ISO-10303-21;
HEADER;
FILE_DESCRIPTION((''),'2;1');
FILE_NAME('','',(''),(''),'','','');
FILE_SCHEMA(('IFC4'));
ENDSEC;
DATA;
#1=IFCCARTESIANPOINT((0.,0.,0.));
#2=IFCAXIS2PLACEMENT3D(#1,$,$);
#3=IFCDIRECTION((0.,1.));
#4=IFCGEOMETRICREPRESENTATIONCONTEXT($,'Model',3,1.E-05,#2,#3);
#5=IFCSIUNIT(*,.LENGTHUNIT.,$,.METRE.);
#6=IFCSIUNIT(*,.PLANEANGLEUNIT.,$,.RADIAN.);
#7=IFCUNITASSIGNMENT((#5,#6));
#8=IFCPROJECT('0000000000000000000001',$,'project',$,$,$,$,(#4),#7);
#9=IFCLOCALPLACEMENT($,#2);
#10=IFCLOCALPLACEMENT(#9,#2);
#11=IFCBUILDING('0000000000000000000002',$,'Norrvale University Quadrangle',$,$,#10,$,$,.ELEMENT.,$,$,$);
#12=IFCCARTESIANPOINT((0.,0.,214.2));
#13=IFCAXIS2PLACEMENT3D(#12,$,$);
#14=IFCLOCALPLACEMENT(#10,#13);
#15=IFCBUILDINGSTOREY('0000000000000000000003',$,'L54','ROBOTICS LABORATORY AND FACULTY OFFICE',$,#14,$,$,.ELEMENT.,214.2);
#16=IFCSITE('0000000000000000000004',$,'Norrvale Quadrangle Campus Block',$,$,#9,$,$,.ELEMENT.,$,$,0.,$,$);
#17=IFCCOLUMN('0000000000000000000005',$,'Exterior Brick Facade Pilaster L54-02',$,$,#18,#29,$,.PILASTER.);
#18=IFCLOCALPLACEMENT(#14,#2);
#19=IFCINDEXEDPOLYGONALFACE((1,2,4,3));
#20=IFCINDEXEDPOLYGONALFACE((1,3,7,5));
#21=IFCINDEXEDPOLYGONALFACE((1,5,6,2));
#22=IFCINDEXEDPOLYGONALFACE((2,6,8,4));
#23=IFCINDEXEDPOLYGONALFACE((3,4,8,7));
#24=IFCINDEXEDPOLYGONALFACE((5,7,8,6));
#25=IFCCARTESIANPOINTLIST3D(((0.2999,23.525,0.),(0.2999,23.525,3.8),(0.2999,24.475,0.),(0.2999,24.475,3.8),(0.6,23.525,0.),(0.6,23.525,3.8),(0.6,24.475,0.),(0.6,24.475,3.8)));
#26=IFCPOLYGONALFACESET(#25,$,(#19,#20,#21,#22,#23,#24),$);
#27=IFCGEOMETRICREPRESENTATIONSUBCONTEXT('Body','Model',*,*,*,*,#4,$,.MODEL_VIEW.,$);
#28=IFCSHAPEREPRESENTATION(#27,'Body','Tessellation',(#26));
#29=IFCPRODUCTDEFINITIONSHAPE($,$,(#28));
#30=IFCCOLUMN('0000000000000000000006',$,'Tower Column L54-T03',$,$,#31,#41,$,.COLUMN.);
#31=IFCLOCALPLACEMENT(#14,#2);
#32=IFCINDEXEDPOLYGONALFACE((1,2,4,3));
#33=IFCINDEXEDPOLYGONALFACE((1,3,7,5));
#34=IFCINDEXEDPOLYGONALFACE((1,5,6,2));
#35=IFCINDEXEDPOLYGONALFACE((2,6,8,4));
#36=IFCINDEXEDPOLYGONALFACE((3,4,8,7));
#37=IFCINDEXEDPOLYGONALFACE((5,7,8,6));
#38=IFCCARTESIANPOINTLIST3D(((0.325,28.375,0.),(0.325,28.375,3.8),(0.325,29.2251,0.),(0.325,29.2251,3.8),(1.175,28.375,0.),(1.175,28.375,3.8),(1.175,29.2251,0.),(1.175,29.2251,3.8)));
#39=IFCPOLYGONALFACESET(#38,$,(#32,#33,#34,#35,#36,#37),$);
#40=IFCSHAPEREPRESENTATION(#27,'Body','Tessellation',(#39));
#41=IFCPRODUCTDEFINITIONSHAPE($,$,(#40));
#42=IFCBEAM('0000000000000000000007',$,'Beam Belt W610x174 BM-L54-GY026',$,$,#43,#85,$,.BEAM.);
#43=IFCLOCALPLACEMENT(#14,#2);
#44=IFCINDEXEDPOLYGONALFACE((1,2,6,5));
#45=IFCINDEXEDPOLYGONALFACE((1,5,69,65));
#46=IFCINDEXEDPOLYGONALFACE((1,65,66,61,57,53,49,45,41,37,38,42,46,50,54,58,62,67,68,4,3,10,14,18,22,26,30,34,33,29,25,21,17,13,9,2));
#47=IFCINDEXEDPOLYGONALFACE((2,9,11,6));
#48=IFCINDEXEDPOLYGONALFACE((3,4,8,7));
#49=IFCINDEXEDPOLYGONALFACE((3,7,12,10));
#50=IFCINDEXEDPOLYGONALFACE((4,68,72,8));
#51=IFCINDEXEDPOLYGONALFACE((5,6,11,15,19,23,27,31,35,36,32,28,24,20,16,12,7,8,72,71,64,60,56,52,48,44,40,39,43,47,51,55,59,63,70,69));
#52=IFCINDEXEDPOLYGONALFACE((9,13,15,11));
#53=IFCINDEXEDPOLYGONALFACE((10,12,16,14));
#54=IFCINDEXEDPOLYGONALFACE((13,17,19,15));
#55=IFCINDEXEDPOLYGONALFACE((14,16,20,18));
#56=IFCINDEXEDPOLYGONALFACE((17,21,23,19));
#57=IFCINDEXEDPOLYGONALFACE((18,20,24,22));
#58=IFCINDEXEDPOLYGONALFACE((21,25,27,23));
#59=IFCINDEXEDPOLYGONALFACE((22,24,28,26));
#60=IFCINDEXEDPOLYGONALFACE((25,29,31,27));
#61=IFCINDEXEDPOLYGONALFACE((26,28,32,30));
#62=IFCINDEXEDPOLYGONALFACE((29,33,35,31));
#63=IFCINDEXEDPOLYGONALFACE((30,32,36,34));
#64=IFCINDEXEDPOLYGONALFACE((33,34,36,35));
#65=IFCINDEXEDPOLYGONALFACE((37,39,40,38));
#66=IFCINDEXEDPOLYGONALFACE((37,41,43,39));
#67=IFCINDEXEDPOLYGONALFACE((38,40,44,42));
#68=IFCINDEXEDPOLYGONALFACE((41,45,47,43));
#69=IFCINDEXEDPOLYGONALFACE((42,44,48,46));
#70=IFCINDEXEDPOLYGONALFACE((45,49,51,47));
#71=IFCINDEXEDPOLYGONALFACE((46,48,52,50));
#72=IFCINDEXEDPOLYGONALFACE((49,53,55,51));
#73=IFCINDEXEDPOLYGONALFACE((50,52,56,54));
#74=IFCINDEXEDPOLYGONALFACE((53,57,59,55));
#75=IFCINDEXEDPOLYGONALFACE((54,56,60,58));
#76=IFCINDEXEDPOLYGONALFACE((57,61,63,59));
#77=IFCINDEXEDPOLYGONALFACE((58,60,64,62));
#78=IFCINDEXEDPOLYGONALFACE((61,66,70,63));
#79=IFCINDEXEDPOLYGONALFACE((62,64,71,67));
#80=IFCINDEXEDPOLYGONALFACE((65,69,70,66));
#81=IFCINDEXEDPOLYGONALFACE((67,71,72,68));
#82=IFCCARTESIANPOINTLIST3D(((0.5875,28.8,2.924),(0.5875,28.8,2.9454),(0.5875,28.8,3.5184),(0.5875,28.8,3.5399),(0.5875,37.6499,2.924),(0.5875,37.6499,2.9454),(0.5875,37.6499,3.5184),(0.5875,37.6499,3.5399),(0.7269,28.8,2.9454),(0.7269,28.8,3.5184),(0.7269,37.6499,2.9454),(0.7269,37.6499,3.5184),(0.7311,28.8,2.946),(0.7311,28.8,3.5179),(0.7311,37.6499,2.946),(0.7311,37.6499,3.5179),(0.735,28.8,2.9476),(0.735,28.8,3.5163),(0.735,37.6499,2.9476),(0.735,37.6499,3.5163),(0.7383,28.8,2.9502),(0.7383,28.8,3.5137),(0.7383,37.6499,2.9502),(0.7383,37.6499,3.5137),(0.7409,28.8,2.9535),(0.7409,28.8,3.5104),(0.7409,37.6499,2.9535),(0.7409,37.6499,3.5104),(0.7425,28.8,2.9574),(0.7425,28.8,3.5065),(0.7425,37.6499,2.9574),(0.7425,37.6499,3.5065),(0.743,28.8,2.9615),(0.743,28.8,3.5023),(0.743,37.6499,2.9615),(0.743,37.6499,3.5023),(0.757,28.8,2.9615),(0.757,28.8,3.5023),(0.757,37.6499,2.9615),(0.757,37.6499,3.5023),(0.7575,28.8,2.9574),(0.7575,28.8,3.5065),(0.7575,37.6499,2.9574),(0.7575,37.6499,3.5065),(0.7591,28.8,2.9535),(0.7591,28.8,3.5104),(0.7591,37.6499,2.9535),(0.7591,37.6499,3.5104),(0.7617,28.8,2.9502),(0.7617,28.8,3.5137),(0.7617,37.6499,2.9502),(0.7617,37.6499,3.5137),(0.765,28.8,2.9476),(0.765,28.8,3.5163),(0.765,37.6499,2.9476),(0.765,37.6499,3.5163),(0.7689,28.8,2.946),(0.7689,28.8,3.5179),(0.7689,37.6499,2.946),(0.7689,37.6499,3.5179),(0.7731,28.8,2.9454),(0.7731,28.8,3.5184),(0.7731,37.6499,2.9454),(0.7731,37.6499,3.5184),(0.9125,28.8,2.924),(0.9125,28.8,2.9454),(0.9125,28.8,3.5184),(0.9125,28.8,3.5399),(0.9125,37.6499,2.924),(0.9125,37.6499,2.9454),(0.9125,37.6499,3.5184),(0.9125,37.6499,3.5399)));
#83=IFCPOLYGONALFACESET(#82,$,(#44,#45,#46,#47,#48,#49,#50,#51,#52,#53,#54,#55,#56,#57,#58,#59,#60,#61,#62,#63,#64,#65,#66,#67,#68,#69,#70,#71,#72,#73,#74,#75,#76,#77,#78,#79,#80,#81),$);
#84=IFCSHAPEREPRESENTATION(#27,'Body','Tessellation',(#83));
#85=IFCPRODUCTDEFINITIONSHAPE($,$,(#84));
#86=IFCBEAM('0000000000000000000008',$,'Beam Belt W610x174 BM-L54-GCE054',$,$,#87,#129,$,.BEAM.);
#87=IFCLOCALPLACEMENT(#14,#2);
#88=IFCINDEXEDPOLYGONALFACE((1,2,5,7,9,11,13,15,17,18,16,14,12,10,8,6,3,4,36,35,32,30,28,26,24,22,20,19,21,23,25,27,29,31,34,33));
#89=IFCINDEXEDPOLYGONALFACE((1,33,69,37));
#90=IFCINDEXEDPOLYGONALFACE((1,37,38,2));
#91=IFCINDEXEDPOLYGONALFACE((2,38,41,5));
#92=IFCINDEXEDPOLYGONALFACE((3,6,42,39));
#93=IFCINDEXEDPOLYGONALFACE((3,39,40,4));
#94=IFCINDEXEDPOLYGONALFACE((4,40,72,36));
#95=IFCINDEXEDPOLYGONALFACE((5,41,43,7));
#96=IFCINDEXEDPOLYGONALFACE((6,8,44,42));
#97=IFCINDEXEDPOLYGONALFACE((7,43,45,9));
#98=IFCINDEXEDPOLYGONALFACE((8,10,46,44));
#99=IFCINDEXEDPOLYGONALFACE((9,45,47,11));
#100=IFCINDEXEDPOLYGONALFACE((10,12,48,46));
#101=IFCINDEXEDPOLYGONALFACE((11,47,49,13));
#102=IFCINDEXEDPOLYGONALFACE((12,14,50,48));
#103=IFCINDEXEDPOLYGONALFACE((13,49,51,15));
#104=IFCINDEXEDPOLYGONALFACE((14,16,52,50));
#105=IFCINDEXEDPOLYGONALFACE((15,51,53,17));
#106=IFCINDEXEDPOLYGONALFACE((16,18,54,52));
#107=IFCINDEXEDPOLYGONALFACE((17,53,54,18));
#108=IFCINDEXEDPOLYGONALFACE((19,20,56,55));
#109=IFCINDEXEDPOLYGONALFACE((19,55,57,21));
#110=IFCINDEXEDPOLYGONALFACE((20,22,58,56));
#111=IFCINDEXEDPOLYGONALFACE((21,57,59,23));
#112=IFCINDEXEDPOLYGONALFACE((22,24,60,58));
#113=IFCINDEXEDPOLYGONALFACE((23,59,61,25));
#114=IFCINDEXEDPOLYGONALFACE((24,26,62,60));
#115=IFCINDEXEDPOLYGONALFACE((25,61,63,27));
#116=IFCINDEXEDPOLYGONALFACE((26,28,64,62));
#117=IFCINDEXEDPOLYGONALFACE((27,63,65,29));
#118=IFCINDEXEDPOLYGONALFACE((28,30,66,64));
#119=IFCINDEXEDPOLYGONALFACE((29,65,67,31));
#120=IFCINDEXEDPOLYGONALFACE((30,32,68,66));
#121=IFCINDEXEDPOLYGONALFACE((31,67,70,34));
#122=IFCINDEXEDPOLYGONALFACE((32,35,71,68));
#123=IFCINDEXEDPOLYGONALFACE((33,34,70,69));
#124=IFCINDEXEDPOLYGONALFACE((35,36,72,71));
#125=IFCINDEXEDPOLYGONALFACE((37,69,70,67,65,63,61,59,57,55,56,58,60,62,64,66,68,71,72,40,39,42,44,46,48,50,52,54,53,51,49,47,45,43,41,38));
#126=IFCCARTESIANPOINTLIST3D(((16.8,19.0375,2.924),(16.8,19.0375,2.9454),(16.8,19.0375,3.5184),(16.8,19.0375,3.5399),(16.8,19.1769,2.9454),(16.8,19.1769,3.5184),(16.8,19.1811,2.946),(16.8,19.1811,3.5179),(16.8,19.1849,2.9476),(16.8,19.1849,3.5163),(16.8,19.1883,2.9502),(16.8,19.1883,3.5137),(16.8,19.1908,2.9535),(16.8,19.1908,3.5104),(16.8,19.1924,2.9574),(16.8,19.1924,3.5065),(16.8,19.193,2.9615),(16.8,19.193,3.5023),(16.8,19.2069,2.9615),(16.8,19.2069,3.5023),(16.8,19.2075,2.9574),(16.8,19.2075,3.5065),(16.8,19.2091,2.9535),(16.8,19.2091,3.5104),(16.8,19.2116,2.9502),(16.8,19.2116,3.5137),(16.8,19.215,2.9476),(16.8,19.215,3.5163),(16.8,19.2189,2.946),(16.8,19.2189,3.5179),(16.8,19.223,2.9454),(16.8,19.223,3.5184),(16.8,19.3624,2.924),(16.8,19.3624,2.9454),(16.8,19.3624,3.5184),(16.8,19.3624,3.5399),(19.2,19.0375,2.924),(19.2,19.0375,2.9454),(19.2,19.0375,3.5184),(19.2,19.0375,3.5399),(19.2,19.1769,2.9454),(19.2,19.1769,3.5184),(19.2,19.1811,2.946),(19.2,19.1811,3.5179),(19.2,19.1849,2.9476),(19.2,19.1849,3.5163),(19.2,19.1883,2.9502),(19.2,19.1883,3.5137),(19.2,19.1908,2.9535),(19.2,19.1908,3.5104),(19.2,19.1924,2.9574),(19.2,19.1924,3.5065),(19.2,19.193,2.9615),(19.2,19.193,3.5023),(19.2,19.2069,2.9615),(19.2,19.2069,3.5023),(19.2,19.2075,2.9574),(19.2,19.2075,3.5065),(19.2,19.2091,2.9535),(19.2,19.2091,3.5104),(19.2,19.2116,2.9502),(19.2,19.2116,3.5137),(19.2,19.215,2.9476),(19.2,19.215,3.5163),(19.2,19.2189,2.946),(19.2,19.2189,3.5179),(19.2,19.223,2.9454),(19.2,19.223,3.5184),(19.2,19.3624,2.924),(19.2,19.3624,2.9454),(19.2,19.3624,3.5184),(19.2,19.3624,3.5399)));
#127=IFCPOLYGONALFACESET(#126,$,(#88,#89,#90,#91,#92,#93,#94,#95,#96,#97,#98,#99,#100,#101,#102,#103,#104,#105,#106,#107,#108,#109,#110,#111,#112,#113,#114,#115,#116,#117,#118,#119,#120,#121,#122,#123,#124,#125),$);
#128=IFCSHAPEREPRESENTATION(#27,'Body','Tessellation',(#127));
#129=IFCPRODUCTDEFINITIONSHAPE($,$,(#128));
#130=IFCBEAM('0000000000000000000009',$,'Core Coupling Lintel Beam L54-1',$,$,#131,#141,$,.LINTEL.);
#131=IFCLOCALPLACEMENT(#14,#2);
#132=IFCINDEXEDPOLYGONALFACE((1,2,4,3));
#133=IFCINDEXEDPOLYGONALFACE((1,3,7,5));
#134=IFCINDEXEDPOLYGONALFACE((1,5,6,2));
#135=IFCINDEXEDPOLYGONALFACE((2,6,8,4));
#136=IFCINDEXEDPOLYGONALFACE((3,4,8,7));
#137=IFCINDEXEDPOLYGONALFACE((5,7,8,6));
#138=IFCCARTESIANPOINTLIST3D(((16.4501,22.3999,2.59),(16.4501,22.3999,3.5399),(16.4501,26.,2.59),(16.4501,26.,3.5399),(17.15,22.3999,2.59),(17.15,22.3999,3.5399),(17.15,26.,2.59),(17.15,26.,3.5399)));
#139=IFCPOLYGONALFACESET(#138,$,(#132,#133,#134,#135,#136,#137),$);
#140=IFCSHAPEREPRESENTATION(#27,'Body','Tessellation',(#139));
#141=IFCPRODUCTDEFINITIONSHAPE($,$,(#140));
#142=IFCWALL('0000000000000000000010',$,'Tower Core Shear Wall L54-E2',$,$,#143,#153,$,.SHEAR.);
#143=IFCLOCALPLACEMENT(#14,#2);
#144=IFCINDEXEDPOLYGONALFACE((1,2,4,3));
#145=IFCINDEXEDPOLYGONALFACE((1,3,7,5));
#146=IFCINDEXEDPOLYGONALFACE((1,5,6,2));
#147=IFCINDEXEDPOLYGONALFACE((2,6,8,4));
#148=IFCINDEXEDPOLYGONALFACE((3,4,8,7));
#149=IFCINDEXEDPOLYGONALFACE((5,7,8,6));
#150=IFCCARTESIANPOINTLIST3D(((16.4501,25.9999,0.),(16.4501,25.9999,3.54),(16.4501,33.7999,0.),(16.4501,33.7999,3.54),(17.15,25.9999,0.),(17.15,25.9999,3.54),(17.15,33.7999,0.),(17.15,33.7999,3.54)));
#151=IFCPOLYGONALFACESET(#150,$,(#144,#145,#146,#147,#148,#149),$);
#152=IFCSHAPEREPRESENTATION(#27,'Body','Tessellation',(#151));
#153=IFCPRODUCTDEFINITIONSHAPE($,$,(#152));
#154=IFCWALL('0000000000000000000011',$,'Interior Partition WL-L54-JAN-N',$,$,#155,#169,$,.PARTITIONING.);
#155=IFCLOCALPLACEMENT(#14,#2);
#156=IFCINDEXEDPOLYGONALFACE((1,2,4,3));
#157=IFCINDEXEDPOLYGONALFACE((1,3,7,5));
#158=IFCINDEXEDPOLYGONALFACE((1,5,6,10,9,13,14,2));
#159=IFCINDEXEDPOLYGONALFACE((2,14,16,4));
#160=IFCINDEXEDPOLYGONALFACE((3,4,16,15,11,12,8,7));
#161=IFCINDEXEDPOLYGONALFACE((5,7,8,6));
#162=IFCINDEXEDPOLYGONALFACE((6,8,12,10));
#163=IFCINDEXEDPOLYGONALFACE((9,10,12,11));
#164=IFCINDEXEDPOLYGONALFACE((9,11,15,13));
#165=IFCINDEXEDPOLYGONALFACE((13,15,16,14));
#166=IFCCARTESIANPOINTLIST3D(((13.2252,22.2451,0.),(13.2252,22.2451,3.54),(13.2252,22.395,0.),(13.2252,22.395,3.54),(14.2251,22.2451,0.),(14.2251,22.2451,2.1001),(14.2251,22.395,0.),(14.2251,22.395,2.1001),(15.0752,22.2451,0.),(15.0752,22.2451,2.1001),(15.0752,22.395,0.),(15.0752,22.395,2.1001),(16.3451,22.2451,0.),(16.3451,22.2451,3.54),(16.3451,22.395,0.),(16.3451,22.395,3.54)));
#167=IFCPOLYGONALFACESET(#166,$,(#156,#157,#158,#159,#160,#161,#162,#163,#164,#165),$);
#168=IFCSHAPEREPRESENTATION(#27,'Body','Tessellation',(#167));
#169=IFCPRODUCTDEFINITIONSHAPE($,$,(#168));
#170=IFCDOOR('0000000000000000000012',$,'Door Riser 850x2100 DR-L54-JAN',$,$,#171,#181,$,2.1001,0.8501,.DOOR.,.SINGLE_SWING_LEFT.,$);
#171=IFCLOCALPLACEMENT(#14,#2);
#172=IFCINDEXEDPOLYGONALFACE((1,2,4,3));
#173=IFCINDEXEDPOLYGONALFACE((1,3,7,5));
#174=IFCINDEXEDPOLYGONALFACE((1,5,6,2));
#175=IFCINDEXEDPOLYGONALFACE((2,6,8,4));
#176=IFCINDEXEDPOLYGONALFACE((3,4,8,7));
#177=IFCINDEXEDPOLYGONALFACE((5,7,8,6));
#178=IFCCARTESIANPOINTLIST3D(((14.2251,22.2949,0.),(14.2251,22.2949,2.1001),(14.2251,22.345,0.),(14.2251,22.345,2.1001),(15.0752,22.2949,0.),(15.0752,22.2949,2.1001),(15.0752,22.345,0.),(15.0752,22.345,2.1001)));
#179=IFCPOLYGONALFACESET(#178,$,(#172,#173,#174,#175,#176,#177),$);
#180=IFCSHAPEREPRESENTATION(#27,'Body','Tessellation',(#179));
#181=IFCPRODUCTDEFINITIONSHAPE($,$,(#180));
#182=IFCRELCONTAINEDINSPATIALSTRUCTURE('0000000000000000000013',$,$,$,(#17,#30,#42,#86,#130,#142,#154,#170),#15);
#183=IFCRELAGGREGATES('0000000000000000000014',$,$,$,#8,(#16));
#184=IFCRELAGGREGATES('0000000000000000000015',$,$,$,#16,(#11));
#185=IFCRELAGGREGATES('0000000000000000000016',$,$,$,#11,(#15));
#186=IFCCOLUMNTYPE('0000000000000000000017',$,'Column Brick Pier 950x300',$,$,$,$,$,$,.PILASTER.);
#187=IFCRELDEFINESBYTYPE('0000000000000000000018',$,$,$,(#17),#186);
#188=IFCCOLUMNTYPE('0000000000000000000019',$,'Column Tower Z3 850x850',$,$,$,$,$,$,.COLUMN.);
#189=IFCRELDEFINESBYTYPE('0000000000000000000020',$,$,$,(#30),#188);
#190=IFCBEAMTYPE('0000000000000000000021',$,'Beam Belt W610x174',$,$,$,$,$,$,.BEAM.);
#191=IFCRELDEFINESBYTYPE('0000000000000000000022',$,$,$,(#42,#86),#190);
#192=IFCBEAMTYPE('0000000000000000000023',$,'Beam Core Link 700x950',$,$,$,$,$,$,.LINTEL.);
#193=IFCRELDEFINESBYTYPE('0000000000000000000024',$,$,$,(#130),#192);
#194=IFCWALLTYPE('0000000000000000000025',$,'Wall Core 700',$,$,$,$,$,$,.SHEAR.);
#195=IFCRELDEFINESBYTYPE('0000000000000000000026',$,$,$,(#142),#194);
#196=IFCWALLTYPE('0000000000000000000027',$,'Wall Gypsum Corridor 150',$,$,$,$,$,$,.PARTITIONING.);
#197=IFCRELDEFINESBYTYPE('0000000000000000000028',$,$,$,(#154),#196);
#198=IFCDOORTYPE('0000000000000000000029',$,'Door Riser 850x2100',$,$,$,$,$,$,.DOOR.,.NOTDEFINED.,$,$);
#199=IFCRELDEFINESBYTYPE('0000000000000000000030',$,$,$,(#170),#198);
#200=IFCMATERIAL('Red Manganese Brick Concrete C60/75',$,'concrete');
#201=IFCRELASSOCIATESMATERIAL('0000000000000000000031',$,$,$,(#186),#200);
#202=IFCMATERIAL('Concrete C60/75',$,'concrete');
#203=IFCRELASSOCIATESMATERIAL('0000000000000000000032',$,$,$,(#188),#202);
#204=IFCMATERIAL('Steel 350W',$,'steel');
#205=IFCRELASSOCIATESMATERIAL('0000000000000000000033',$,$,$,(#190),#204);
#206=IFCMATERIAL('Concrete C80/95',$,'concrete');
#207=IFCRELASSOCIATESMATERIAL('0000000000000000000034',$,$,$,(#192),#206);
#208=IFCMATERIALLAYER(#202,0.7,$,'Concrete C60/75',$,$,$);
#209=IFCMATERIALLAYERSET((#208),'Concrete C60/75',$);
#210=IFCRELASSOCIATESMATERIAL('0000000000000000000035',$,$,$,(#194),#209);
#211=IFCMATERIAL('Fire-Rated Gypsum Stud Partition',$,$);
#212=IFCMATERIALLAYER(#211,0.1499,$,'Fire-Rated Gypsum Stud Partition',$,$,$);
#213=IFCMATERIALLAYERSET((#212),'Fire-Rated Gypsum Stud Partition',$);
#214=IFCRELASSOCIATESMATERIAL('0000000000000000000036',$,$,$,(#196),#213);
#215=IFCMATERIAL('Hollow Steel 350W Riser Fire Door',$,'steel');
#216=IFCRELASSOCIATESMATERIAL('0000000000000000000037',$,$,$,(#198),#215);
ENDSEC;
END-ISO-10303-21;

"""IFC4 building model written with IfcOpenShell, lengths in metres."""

from ifc_helpers import new_model, si_unit, direction, frame, frame_2d, origin, origin_2d, place, context, subcontext, project, spatial, rectangle, i_section, extrude, material, layer, layer_set, material_profile, profile_set, type_object, element, fill, save


model = new_model("IFC4")

# Units and contexts
model_context = context("Model", 3, precision=1e-05, world=origin(), true_north=direction((0.0, 1.0)))
body_context = subcontext(model_context, "Body", "Model", "MODEL_VIEW")
ifc_project = project(units=[si_unit("LENGTHUNIT", "METRE"), si_unit("PLANEANGLEUNIT", "RADIAN")], contexts=[model_context])

# Site, building, storey
site_placement = place(None, origin())
site = spatial("IfcSite", under=ifc_project, at=site_placement, Name="Norrvale Quadrangle Campus Block", CompositionType="ELEMENT", RefElevation=0.0)
building_placement = place(site_placement, origin())
building = spatial("IfcBuilding", under=site, at=building_placement, Name="Norrvale University Quadrangle", CompositionType="ELEMENT")
storey_placement = place(building_placement, frame((0.0, 0.0, 214.2)))
storey = spatial("IfcBuildingStorey", under=building, at=storey_placement, Name="L54", Description="ROBOTICS LABORATORY AND FACULTY OFFICE", CompositionType="ELEMENT", Elevation=214.2)

# Columns
ifc_material_1 = material(Name="Red Manganese Brick Concrete C60/75", Category="concrete")
ifc_material_profile_1 = material_profile(ifc_material_1, rectangle(XDim=0.95, YDim=0.3, at=origin_2d()), Name="Red Manganese Brick Concrete C60/75")
ifc_profile_set_1 = profile_set([ifc_material_profile_1], Name="Red Manganese Brick Concrete C60/75")
column_type_1 = type_object("IfcColumnType", Name="Column Brick Pier 950x300", PredefinedType="PILASTER", material=ifc_profile_set_1)
column_1_placement = place(storey_placement, frame((0.45, 24.0, 0.0), z_axis=(0.0, 0.0, 1.0), x_axis=(0.0, 1.0, 0.0)))
element("IfcColumn", 1, at=column_1_placement, inside=storey, type_object=column_type_1, Name="Exterior Brick Facade Pilaster L54-02", PredefinedType="PILASTER", context=body_context, shape_type="SweptSolid", body=[
    extrude(rectangle(XDim=0.95, YDim=0.3, at=origin_2d()), origin(), (0.0, 0.0, 1.0), 3.8),
])
ifc_material_2 = material(Name="Concrete C60/75", Category="concrete")
ifc_material_profile_2 = material_profile(ifc_material_2, rectangle(XDim=0.8501, YDim=0.8501, at=origin_2d()), Name="Concrete C60/75")
ifc_profile_set_2 = profile_set([ifc_material_profile_2], Name="Concrete C60/75")
column_type_2 = type_object("IfcColumnType", Name="Column Tower Z3 850x850", PredefinedType="COLUMN", material=ifc_profile_set_2)
column_2_placement = place(storey_placement, frame((0.75, 28.8, 0.0), z_axis=(0.0, 0.0, 1.0), x_axis=(1.0, 0.0, 0.0)))
element("IfcColumn", 2, at=column_2_placement, inside=storey, type_object=column_type_2, Name="Tower Column L54-T03", PredefinedType="COLUMN", context=body_context, shape_type="SweptSolid", body=[
    extrude(rectangle(XDim=0.8501, YDim=0.8501, at=origin_2d()), origin(), (0.0, 0.0, 1.0), 3.8),
])

# Beams
ifc_material_3 = material(Name="Steel 350W", Category="steel")
ifc_material_profile_3 = material_profile(ifc_material_3, i_section(OverallWidth=0.325, OverallDepth=0.616, WebThickness=0.0139, FlangeThickness=0.0215, FilletRadius=0.0161, at=origin_2d()), Name="Steel 350W")
ifc_profile_set_3 = profile_set([ifc_material_profile_3], Name="Steel 350W")
beam_type_1 = type_object("IfcBeamType", Name="Beam Belt W610x174", PredefinedType="BEAM", material=ifc_profile_set_3)
beam_1_placement = place(storey_placement, frame((0.75, 28.8, 3.2319), z_axis=(0.0, 1.0, 0.0), x_axis=(-1.0, 0.0, 0.0)))
element("IfcBeam", 3, at=beam_1_placement, inside=storey, type_object=beam_type_1, Name="Beam Belt W610x174 BM-L54-GY026", PredefinedType="BEAM", context=body_context, shape_type="SweptSolid", body=[
    extrude(i_section(OverallWidth=0.325, OverallDepth=0.616, WebThickness=0.0139, FlangeThickness=0.0215, FilletRadius=0.0161, at=origin_2d()), origin(), (0.0, 0.0, 1.0), 8.8499),
])
beam_2_placement = place(storey_placement, frame((16.8, 19.2, 3.2319), z_axis=(1.0, 0.0, 0.0), x_axis=(0.0, 1.0, 0.0)))
element("IfcBeam", 4, at=beam_2_placement, inside=storey, type_object=beam_type_1, Name="Beam Belt W610x174 BM-L54-GCE054", PredefinedType="BEAM", context=body_context, shape_type="SweptSolid", body=[
    extrude(i_section(OverallWidth=0.325, OverallDepth=0.616, WebThickness=0.0139, FlangeThickness=0.0215, FilletRadius=0.0161, at=origin_2d()), origin(), (0.0, 0.0, 1.0), 2.3999),
])
ifc_material_4 = material(Name="Concrete C80/95", Category="concrete")
ifc_material_profile_4 = material_profile(ifc_material_4, rectangle(XDim=0.7, YDim=0.95, at=origin_2d()), Name="Concrete C80/95")
ifc_profile_set_4 = profile_set([ifc_material_profile_4], Name="Concrete C80/95")
beam_type_2 = type_object("IfcBeamType", Name="Beam Core Link 700x950", PredefinedType="LINTEL", material=ifc_profile_set_4)
beam_3_placement = place(storey_placement, frame((16.8, 22.3999, 3.0649), z_axis=(0.0, 1.0, 0.0), x_axis=(-1.0, 0.0, 0.0)))
element("IfcBeam", 5, at=beam_3_placement, inside=storey, type_object=beam_type_2, Name="Core Coupling Lintel Beam L54-1", PredefinedType="LINTEL", context=body_context, shape_type="SweptSolid", body=[
    extrude(rectangle(XDim=0.7, YDim=0.95, at=origin_2d()), origin(), (0.0, 0.0, 1.0), 3.6001),
])

# Wall
ifc_layer_1 = layer(ifc_material_2, 0.7, Name="Concrete C60/75")
ifc_layer_set_1 = layer_set([ifc_layer_1], Name="Concrete C60/75")
wall_type_1 = type_object("IfcWallType", Name="Wall Core 700", PredefinedType="SHEAR", material=ifc_layer_set_1)
wall_1_placement = place(storey_placement, frame((16.8, 26.0, 0.0), z_axis=(0.0, 0.0, 1.0), x_axis=(0.0, 1.0, 0.0)))
element("IfcWall", 6, at=wall_1_placement, inside=storey, type_object=wall_type_1, Name="Tower Core Shear Wall L54-E2", PredefinedType="SHEAR", context=body_context, shape_type="SweptSolid", body=[
    extrude(rectangle(XDim=7.8, YDim=0.7, at=frame_2d((3.8999, 0.0))), origin(), (0.0, 0.0, 1.0), 3.54),
])

# Wall, opening, door
ifc_material_5 = material(Name="Fire-Rated Gypsum Stud Partition")
ifc_layer_2 = layer(ifc_material_5, 0.1499, Name="Fire-Rated Gypsum Stud Partition")
ifc_layer_set_2 = layer_set([ifc_layer_2], Name="Fire-Rated Gypsum Stud Partition")
wall_type_2 = type_object("IfcWallType", Name="Wall Gypsum Corridor 150", PredefinedType="PARTITIONING", material=ifc_layer_set_2)
wall_2_placement = place(storey_placement, frame((13.2251, 22.3201, 0.0), z_axis=(0.0, 0.0, 1.0), x_axis=(1.0, 0.0, 0.0)))
wall_2 = element("IfcWall", 7, at=wall_2_placement, inside=storey, type_object=wall_type_2, Name="Interior Partition WL-L54-JAN-N", PredefinedType="PARTITIONING", context=body_context, shape_type="SweptSolid", body=[
    extrude(rectangle(XDim=3.1199, YDim=0.1499, at=frame_2d((1.5601, 0.0))), origin(), (0.0, 0.0, 1.0), 3.54),
])
opening_1_placement = place(wall_2_placement, frame((1.0, 0.0, 0.0)))
opening_1 = element("IfcOpeningElement", 8, at=opening_1_placement, cuts=wall_2, PredefinedType="OPENING", context=body_context, shape_type="SweptSolid", body=[
    extrude(rectangle(XDim=0.8501, YDim=2.1001, at=frame_2d((0.425, 1.05))), frame((0.0, 0.0869, 0.0), z_axis=(0.0, -1.0, 0.0), x_axis=(1.0, 0.0, 0.0)), (0.0, 0.0, 1.0), 0.1738),
])
ifc_material_6 = material(Name="Hollow Steel 350W Riser Fire Door", Category="steel")
door_type_1 = type_object("IfcDoorType", Name="Door Riser 850x2100", OperationType="NOTDEFINED", PredefinedType="DOOR", material=ifc_material_6)
door_1_placement = place(opening_1_placement, origin())
door_1 = element("IfcDoor", 9, at=door_1_placement, inside=storey, type_object=door_type_1, Name="Door Riser 850x2100 DR-L54-JAN", OperationType="SINGLE_SWING_LEFT", OverallHeight=2.1001, OverallWidth=0.8501, PredefinedType="DOOR", context=body_context, shape_type="SweptSolid", body=[
    extrude(rectangle(XDim=0.8501, YDim=2.1001, at=frame_2d((0.425, 1.05))), frame((0.0, 0.0249, 0.0), z_axis=(0.0, -1.0, 0.0), x_axis=(1.0, 0.0, 0.0)), (0.0, 0.0, 1.0), 0.05),
])
fill(opening_1, door_1)

save(model, "model.ifc")
